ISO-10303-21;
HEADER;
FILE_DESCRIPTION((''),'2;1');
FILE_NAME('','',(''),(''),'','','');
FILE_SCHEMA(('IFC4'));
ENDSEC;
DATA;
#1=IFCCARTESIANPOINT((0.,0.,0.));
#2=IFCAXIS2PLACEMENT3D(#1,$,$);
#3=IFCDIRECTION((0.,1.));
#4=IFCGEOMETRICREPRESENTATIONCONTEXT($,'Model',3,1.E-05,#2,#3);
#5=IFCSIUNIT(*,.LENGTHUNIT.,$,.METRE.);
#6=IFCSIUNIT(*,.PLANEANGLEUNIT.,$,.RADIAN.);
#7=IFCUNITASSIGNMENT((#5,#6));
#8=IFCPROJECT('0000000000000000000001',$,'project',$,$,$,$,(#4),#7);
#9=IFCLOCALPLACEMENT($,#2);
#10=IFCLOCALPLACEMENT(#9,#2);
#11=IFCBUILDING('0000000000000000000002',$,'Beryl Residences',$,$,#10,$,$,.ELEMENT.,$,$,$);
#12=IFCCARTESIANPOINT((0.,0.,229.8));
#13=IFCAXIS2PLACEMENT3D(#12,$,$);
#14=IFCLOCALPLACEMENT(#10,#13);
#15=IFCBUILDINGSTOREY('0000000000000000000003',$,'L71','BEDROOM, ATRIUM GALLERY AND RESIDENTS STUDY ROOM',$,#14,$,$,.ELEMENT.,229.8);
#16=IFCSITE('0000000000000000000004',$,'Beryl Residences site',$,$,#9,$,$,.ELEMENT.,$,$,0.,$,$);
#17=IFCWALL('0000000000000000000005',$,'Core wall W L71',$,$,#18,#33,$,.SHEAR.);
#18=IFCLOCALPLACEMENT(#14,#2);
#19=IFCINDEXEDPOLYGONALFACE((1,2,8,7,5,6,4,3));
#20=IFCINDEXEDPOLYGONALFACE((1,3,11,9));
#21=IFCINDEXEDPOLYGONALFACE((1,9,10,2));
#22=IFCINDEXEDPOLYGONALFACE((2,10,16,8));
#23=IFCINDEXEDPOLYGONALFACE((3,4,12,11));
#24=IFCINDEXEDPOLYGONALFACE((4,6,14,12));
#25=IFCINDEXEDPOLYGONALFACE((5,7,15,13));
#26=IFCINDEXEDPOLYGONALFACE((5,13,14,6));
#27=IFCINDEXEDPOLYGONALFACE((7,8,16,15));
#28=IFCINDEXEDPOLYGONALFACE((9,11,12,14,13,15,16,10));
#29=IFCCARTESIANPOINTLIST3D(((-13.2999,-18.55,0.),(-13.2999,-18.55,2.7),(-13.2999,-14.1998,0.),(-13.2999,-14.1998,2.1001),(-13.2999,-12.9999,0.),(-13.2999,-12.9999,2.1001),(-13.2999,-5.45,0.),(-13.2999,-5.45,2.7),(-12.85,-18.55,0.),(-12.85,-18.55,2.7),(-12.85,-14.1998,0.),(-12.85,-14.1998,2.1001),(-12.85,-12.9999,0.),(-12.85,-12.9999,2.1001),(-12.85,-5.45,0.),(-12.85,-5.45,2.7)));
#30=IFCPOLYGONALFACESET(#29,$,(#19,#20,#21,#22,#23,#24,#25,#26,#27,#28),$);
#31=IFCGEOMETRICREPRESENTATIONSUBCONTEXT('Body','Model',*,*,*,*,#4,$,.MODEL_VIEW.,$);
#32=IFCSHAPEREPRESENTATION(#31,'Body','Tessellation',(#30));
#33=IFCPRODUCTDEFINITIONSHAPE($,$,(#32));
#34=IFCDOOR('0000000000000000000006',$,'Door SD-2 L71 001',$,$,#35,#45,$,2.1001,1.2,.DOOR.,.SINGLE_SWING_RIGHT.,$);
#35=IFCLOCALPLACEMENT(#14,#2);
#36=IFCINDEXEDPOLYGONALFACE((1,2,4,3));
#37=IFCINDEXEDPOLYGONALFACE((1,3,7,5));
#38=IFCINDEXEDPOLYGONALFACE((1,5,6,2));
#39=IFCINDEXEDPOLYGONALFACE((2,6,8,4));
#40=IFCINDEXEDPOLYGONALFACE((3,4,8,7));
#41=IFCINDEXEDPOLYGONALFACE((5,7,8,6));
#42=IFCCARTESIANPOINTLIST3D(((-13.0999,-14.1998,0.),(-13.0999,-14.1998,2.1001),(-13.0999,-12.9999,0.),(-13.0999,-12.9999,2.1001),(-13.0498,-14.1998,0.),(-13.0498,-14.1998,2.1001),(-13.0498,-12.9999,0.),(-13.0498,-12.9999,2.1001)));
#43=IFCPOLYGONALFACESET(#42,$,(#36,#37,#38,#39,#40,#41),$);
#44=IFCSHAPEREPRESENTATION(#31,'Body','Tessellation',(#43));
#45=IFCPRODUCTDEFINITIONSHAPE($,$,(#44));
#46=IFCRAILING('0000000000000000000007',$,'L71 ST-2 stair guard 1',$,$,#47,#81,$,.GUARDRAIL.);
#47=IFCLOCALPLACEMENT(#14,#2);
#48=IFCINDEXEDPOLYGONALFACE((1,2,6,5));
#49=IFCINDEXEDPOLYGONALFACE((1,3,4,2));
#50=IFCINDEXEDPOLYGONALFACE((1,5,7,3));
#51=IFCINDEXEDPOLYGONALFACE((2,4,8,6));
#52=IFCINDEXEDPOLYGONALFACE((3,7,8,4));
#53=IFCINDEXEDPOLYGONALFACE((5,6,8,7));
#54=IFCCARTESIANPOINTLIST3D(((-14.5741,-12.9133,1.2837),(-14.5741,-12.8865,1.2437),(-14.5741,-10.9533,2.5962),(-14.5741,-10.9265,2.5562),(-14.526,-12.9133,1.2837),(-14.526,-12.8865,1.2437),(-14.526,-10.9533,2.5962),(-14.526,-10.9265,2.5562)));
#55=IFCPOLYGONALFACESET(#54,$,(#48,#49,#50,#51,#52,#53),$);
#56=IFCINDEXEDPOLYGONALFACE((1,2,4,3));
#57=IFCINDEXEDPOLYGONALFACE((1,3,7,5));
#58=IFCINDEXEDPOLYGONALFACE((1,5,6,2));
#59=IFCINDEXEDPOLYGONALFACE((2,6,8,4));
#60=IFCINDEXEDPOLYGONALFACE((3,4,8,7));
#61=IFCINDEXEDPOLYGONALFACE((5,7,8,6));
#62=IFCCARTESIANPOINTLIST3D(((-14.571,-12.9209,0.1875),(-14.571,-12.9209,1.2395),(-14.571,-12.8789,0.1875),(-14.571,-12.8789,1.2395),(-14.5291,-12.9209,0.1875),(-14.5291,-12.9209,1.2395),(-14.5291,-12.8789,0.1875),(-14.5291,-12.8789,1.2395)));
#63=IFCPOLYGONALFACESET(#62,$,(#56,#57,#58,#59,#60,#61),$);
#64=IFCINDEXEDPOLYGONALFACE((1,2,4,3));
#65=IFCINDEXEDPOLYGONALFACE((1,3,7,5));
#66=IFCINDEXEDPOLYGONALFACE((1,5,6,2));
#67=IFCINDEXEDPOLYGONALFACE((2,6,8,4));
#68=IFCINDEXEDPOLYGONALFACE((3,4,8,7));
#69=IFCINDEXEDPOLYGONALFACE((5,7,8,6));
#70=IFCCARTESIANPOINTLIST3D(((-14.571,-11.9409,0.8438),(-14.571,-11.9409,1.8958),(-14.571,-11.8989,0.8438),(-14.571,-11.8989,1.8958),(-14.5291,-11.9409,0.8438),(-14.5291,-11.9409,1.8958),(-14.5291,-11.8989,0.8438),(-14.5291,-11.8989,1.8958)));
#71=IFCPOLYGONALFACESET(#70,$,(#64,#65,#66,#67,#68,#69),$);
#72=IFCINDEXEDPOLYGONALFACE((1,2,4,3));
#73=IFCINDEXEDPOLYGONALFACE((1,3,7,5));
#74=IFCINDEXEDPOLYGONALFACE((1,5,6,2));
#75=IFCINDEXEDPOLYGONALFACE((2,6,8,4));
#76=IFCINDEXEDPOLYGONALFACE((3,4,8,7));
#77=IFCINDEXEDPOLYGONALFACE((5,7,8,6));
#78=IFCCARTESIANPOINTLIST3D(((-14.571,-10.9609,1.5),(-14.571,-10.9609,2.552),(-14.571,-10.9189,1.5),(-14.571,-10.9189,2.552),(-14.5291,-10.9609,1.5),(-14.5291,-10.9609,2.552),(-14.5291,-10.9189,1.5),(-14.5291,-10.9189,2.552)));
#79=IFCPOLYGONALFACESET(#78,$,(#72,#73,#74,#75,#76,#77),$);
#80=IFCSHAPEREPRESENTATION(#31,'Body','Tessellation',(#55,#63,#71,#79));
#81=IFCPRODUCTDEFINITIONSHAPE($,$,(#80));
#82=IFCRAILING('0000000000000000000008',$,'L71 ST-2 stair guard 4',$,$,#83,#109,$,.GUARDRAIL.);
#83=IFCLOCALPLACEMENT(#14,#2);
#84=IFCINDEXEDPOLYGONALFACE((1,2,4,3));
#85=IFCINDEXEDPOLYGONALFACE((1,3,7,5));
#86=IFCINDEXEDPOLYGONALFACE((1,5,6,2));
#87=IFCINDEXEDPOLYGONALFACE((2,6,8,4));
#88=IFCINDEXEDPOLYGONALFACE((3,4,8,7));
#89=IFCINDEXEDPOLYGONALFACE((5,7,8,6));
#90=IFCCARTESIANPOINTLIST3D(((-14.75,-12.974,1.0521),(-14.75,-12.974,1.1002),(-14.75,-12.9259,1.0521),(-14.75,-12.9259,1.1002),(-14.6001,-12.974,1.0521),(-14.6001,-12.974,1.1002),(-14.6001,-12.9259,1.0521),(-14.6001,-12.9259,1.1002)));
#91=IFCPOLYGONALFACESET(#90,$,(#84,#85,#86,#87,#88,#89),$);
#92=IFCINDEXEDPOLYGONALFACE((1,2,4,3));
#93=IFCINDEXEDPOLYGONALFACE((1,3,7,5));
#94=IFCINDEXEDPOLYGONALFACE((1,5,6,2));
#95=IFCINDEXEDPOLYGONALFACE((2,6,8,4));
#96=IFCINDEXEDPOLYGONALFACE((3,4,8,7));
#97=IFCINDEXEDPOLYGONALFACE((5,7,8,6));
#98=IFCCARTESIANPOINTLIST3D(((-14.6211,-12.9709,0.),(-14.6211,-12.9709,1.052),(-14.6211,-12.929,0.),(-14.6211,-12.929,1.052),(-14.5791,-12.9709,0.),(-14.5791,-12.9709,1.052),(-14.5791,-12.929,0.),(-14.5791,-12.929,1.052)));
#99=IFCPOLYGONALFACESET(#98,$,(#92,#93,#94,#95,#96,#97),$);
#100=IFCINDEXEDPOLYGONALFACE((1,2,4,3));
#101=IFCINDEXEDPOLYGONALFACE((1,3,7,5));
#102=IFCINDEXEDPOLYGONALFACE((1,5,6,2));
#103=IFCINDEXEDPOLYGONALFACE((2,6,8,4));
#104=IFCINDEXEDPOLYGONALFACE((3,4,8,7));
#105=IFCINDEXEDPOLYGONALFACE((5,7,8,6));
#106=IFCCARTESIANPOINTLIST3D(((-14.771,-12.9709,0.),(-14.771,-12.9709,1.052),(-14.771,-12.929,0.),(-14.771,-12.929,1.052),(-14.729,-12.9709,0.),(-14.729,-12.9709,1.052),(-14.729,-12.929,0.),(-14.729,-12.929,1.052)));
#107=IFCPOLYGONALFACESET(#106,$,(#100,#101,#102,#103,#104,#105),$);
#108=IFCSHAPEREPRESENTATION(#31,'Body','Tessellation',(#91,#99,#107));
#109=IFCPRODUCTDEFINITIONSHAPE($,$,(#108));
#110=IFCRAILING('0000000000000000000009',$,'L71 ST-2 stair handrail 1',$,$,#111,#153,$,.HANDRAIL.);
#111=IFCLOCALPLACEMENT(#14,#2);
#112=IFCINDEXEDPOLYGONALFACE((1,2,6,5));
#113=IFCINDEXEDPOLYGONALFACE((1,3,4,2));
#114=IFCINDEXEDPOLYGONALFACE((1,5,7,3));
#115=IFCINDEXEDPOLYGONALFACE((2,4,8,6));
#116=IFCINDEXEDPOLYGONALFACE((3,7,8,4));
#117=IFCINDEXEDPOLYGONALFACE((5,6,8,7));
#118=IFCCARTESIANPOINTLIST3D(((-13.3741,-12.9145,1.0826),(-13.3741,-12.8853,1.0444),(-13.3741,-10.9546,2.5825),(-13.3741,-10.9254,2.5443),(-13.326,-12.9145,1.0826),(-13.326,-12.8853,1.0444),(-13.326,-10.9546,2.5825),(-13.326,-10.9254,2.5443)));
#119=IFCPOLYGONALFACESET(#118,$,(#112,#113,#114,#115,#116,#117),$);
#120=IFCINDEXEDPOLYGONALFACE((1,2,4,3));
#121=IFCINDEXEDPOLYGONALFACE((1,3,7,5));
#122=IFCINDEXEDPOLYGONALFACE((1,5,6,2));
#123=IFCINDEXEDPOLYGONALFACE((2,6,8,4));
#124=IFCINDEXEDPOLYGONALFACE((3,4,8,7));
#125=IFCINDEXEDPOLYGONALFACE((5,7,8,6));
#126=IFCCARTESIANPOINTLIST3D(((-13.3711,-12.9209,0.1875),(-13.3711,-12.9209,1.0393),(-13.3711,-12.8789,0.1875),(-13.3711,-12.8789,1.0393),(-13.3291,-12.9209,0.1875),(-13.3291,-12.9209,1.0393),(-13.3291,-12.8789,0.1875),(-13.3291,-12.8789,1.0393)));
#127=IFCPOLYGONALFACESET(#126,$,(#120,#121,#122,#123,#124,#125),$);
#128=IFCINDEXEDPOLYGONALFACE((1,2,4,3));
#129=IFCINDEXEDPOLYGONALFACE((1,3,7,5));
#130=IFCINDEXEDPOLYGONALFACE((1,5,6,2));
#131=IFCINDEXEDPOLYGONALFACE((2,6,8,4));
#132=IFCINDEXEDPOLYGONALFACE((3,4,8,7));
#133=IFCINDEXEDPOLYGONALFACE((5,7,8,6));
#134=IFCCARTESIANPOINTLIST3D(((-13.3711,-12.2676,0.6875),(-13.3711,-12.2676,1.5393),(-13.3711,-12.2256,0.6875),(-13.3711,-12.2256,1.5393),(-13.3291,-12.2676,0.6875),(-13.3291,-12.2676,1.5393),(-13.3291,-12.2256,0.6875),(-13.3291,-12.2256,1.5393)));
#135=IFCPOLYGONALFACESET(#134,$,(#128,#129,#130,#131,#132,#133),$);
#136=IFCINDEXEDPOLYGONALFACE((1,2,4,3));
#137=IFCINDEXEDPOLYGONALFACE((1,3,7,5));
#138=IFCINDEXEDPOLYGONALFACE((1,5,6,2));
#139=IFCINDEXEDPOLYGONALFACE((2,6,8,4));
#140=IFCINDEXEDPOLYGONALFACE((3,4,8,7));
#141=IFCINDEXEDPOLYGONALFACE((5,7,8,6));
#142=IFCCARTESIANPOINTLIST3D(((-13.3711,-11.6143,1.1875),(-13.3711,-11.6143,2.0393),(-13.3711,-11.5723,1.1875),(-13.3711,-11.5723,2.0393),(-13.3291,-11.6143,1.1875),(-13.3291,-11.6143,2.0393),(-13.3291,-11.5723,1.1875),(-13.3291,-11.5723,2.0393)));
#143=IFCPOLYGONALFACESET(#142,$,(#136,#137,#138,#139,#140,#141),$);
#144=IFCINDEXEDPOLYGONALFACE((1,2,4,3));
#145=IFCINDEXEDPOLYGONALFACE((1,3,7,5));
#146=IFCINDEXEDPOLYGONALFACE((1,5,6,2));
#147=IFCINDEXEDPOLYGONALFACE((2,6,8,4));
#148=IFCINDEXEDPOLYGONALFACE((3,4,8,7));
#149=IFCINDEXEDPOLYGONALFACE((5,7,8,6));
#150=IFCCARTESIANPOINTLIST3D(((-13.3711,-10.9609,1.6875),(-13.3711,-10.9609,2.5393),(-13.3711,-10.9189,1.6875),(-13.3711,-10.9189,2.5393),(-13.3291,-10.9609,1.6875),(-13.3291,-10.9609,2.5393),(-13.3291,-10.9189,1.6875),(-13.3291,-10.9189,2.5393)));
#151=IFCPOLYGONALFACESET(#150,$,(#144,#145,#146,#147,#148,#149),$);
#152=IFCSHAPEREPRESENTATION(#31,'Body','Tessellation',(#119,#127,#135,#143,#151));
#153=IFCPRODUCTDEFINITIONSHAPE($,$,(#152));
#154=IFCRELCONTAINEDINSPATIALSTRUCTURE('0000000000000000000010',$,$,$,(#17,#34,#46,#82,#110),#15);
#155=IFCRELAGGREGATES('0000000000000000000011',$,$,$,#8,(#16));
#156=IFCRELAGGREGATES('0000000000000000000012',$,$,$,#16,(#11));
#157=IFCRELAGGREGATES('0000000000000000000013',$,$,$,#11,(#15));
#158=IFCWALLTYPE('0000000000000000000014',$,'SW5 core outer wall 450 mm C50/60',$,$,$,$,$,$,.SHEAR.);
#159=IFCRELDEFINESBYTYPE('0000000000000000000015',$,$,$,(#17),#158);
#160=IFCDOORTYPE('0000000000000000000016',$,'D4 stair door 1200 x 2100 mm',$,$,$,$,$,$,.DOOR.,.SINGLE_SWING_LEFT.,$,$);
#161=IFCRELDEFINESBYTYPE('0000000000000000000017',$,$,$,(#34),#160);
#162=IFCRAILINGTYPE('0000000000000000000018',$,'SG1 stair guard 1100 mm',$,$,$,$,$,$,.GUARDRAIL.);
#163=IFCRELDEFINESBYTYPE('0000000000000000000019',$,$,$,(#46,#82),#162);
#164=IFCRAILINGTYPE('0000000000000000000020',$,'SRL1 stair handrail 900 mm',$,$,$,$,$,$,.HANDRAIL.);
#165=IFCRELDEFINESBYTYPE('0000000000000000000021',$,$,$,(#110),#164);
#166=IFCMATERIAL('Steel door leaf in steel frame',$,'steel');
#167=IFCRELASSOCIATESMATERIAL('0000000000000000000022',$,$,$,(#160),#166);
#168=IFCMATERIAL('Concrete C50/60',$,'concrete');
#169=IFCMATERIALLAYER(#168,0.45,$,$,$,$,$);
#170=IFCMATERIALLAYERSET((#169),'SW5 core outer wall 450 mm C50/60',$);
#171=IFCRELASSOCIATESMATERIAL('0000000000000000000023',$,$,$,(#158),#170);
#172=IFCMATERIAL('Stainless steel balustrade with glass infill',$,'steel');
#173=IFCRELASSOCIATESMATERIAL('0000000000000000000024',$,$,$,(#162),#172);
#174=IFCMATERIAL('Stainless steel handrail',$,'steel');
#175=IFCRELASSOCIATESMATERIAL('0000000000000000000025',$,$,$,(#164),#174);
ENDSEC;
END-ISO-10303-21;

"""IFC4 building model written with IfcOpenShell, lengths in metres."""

from ifc_helpers import new_model, si_unit, direction, frame, frame_2d, origin, origin_2d, place, context, subcontext, project, spatial, rectangle, extrude, material, layer, layer_set, type_object, element, fill, save


model = new_model("IFC4")

# Units and contexts
model_context = context("Model", 3, precision=1e-05, world=origin(), true_north=direction((0.0, 1.0)))
body_context = subcontext(model_context, "Body", "Model", "MODEL_VIEW")
ifc_project = project(units=[si_unit("LENGTHUNIT", "METRE"), si_unit("PLANEANGLEUNIT", "RADIAN")], contexts=[model_context])

# Site, building, storey
site_placement = place(None, origin())
site = spatial("IfcSite", under=ifc_project, at=site_placement, Name="Beryl Residences site", CompositionType="ELEMENT", RefElevation=0.0)
building_placement = place(site_placement, origin())
building = spatial("IfcBuilding", under=site, at=building_placement, Name="Beryl Residences", CompositionType="ELEMENT")
storey_placement = place(building_placement, frame((0.0, 0.0, 229.8)))
storey = spatial("IfcBuildingStorey", under=building, at=storey_placement, Name="L71", Description="BEDROOM, ATRIUM GALLERY AND RESIDENTS STUDY ROOM", CompositionType="ELEMENT", Elevation=229.8)

# Shared definitions
ifc_material_1 = material(Name="Steel door leaf in steel frame", Category="steel")
door_type_1 = type_object("IfcDoorType", Name="D4 stair door 1200 x 2100 mm", OperationType="SINGLE_SWING_LEFT", PredefinedType="DOOR", material=ifc_material_1)

# Wall, opening, door
ifc_material_2 = material(Name="Concrete C50/60", Category="concrete")
ifc_layer_1 = layer(ifc_material_2, 0.45)
ifc_layer_set_1 = layer_set([ifc_layer_1], Name="SW5 core outer wall 450 mm C50/60")
wall_type_1 = type_object("IfcWallType", Name="SW5 core outer wall 450 mm C50/60", PredefinedType="SHEAR", material=ifc_layer_set_1)
wall_1_placement = place(storey_placement, frame((-13.075, -18.55, 0.0), z_axis=(0.0, 0.0, 1.0), x_axis=(0.0, 1.0, 0.0)))
wall_1 = element("IfcWall", 1, at=wall_1_placement, inside=storey, type_object=wall_type_1, Name="Core wall W L71", PredefinedType="SHEAR", context=body_context, shape_type="SweptSolid", body=[
    extrude(rectangle(XDim=13.1001, YDim=0.45, at=frame_2d((6.55, 0.0))), origin(), (0.0, 0.0, 1.0), 2.7),
])
opening_1_placement = place(wall_1_placement, frame((4.3501, 0.0, 0.0)))
opening_1 = element("IfcOpeningElement", 2, at=opening_1_placement, cuts=wall_1, PredefinedType="OPENING", context=body_context, shape_type="SweptSolid", body=[
    extrude(rectangle(XDim=1.2, YDim=2.1001, at=frame_2d((0.6001, 1.05))), frame((0.0, 0.2349, 0.0), z_axis=(0.0, -1.0, 0.0), x_axis=(1.0, 0.0, 0.0)), (0.0, 0.0, 1.0), 0.47),
])
door_1_placement = place(opening_1_placement, origin())
door_1 = element("IfcDoor", 3, at=door_1_placement, inside=storey, type_object=door_type_1, Name="Door SD-2 L71 001", OperationType="SINGLE_SWING_RIGHT", OverallHeight=2.1001, OverallWidth=1.2, PredefinedType="DOOR", context=body_context, shape_type="SweptSolid", body=[
    extrude(rectangle(XDim=1.2, YDim=2.1001, at=frame_2d((0.6001, 1.05))), frame((0.0, 0.0249, 0.0), z_axis=(0.0, -1.0, 0.0), x_axis=(1.0, 0.0, 0.0)), (0.0, 0.0, 1.0), 0.05),
])
fill(opening_1, door_1)

# Railings
ifc_material_3 = material(Name="Stainless steel balustrade with glass infill", Category="steel")
railing_type_1 = type_object("IfcRailingType", Name="SG1 stair guard 1100 mm", PredefinedType="GUARDRAIL", material=ifc_material_3)
railing_1_placement = place(storey_placement, frame((-14.55, -12.8999, 0.1875)))
element("IfcRailing", 4, at=railing_1_placement, inside=storey, type_object=railing_type_1, Name="L71 ST-2 stair guard 1", PredefinedType="GUARDRAIL", context=body_context, shape_type="SweptSolid", body=[
    extrude(rectangle(XDim=0.0481, YDim=0.0481, at=origin_2d()), frame((0.0, 0.0, 1.0762), z_axis=(0.0, 0.830902, 0.556419), x_axis=(-1.0, 0.0, 0.0)), (0.0, 0.0, 1.0), 2.3589),
    extrude(rectangle(XDim=0.042, YDim=0.042, at=origin_2d()), origin(), (0.0, 0.0, 1.0), 1.052),
    extrude(rectangle(XDim=0.042, YDim=0.042, at=origin_2d()), frame((0.0, 0.98, 0.6562)), (0.0, 0.0, 1.0), 1.052),
    extrude(rectangle(XDim=0.042, YDim=0.042, at=origin_2d()), frame((0.0, 1.96, 1.3125)), (0.0, 0.0, 1.0), 1.052),
])
railing_2_placement = place(storey_placement, frame((-14.6001, -12.95, 0.0)))
element("IfcRailing", 5, at=railing_2_placement, inside=storey, type_object=railing_type_1, Name="L71 ST-2 stair guard 4", PredefinedType="GUARDRAIL", context=body_context, shape_type="SweptSolid", body=[
    extrude(rectangle(XDim=0.0481, YDim=0.0481, at=origin_2d()), frame((0.0, 0.0, 1.0762), z_axis=(-1.0, 0.0, 0.0), x_axis=(0.0, -1.0, 0.0)), (0.0, 0.0, 1.0), 0.1499),
    extrude(rectangle(XDim=0.042, YDim=0.042, at=origin_2d()), origin(), (0.0, 0.0, 1.0), 1.052),
    extrude(rectangle(XDim=0.042, YDim=0.042, at=origin_2d()), frame((-0.1499, 0.0, 0.0)), (0.0, 0.0, 1.0), 1.052),
])
ifc_material_4 = material(Name="Stainless steel handrail", Category="steel")
railing_type_2 = type_object("IfcRailingType", Name="SRL1 stair handrail 900 mm", PredefinedType="HANDRAIL", material=ifc_material_4)
railing_3_placement = place(storey_placement, frame((-13.3501, -12.8999, 0.1875)))
element("IfcRailing", 6, at=railing_3_placement, inside=storey, type_object=railing_type_2, Name="L71 ST-2 stair handrail 1", PredefinedType="HANDRAIL", context=body_context, shape_type="SweptSolid", body=[
    extrude(rectangle(XDim=0.0481, YDim=0.0481, at=origin_2d()), frame((0.0, 0.0, 0.876), z_axis=(0.0, 0.794122, 0.607758), x_axis=(-1.0, 0.0, 0.0)), (0.0, 0.0, 1.0), 2.468),
    extrude(rectangle(XDim=0.042, YDim=0.042, at=origin_2d()), origin(), (0.0, 0.0, 1.0), 0.8518),
    extrude(rectangle(XDim=0.042, YDim=0.042, at=origin_2d()), frame((0.0, 0.6533, 0.5)), (0.0, 0.0, 1.0), 0.8518),
    extrude(rectangle(XDim=0.042, YDim=0.042, at=origin_2d()), frame((0.0, 1.3066, 1.0)), (0.0, 0.0, 1.0), 0.8518),
    extrude(rectangle(XDim=0.042, YDim=0.042, at=origin_2d()), frame((0.0, 1.96, 1.5)), (0.0, 0.0, 1.0), 0.8518),
])

save(model, "model.ifc")
